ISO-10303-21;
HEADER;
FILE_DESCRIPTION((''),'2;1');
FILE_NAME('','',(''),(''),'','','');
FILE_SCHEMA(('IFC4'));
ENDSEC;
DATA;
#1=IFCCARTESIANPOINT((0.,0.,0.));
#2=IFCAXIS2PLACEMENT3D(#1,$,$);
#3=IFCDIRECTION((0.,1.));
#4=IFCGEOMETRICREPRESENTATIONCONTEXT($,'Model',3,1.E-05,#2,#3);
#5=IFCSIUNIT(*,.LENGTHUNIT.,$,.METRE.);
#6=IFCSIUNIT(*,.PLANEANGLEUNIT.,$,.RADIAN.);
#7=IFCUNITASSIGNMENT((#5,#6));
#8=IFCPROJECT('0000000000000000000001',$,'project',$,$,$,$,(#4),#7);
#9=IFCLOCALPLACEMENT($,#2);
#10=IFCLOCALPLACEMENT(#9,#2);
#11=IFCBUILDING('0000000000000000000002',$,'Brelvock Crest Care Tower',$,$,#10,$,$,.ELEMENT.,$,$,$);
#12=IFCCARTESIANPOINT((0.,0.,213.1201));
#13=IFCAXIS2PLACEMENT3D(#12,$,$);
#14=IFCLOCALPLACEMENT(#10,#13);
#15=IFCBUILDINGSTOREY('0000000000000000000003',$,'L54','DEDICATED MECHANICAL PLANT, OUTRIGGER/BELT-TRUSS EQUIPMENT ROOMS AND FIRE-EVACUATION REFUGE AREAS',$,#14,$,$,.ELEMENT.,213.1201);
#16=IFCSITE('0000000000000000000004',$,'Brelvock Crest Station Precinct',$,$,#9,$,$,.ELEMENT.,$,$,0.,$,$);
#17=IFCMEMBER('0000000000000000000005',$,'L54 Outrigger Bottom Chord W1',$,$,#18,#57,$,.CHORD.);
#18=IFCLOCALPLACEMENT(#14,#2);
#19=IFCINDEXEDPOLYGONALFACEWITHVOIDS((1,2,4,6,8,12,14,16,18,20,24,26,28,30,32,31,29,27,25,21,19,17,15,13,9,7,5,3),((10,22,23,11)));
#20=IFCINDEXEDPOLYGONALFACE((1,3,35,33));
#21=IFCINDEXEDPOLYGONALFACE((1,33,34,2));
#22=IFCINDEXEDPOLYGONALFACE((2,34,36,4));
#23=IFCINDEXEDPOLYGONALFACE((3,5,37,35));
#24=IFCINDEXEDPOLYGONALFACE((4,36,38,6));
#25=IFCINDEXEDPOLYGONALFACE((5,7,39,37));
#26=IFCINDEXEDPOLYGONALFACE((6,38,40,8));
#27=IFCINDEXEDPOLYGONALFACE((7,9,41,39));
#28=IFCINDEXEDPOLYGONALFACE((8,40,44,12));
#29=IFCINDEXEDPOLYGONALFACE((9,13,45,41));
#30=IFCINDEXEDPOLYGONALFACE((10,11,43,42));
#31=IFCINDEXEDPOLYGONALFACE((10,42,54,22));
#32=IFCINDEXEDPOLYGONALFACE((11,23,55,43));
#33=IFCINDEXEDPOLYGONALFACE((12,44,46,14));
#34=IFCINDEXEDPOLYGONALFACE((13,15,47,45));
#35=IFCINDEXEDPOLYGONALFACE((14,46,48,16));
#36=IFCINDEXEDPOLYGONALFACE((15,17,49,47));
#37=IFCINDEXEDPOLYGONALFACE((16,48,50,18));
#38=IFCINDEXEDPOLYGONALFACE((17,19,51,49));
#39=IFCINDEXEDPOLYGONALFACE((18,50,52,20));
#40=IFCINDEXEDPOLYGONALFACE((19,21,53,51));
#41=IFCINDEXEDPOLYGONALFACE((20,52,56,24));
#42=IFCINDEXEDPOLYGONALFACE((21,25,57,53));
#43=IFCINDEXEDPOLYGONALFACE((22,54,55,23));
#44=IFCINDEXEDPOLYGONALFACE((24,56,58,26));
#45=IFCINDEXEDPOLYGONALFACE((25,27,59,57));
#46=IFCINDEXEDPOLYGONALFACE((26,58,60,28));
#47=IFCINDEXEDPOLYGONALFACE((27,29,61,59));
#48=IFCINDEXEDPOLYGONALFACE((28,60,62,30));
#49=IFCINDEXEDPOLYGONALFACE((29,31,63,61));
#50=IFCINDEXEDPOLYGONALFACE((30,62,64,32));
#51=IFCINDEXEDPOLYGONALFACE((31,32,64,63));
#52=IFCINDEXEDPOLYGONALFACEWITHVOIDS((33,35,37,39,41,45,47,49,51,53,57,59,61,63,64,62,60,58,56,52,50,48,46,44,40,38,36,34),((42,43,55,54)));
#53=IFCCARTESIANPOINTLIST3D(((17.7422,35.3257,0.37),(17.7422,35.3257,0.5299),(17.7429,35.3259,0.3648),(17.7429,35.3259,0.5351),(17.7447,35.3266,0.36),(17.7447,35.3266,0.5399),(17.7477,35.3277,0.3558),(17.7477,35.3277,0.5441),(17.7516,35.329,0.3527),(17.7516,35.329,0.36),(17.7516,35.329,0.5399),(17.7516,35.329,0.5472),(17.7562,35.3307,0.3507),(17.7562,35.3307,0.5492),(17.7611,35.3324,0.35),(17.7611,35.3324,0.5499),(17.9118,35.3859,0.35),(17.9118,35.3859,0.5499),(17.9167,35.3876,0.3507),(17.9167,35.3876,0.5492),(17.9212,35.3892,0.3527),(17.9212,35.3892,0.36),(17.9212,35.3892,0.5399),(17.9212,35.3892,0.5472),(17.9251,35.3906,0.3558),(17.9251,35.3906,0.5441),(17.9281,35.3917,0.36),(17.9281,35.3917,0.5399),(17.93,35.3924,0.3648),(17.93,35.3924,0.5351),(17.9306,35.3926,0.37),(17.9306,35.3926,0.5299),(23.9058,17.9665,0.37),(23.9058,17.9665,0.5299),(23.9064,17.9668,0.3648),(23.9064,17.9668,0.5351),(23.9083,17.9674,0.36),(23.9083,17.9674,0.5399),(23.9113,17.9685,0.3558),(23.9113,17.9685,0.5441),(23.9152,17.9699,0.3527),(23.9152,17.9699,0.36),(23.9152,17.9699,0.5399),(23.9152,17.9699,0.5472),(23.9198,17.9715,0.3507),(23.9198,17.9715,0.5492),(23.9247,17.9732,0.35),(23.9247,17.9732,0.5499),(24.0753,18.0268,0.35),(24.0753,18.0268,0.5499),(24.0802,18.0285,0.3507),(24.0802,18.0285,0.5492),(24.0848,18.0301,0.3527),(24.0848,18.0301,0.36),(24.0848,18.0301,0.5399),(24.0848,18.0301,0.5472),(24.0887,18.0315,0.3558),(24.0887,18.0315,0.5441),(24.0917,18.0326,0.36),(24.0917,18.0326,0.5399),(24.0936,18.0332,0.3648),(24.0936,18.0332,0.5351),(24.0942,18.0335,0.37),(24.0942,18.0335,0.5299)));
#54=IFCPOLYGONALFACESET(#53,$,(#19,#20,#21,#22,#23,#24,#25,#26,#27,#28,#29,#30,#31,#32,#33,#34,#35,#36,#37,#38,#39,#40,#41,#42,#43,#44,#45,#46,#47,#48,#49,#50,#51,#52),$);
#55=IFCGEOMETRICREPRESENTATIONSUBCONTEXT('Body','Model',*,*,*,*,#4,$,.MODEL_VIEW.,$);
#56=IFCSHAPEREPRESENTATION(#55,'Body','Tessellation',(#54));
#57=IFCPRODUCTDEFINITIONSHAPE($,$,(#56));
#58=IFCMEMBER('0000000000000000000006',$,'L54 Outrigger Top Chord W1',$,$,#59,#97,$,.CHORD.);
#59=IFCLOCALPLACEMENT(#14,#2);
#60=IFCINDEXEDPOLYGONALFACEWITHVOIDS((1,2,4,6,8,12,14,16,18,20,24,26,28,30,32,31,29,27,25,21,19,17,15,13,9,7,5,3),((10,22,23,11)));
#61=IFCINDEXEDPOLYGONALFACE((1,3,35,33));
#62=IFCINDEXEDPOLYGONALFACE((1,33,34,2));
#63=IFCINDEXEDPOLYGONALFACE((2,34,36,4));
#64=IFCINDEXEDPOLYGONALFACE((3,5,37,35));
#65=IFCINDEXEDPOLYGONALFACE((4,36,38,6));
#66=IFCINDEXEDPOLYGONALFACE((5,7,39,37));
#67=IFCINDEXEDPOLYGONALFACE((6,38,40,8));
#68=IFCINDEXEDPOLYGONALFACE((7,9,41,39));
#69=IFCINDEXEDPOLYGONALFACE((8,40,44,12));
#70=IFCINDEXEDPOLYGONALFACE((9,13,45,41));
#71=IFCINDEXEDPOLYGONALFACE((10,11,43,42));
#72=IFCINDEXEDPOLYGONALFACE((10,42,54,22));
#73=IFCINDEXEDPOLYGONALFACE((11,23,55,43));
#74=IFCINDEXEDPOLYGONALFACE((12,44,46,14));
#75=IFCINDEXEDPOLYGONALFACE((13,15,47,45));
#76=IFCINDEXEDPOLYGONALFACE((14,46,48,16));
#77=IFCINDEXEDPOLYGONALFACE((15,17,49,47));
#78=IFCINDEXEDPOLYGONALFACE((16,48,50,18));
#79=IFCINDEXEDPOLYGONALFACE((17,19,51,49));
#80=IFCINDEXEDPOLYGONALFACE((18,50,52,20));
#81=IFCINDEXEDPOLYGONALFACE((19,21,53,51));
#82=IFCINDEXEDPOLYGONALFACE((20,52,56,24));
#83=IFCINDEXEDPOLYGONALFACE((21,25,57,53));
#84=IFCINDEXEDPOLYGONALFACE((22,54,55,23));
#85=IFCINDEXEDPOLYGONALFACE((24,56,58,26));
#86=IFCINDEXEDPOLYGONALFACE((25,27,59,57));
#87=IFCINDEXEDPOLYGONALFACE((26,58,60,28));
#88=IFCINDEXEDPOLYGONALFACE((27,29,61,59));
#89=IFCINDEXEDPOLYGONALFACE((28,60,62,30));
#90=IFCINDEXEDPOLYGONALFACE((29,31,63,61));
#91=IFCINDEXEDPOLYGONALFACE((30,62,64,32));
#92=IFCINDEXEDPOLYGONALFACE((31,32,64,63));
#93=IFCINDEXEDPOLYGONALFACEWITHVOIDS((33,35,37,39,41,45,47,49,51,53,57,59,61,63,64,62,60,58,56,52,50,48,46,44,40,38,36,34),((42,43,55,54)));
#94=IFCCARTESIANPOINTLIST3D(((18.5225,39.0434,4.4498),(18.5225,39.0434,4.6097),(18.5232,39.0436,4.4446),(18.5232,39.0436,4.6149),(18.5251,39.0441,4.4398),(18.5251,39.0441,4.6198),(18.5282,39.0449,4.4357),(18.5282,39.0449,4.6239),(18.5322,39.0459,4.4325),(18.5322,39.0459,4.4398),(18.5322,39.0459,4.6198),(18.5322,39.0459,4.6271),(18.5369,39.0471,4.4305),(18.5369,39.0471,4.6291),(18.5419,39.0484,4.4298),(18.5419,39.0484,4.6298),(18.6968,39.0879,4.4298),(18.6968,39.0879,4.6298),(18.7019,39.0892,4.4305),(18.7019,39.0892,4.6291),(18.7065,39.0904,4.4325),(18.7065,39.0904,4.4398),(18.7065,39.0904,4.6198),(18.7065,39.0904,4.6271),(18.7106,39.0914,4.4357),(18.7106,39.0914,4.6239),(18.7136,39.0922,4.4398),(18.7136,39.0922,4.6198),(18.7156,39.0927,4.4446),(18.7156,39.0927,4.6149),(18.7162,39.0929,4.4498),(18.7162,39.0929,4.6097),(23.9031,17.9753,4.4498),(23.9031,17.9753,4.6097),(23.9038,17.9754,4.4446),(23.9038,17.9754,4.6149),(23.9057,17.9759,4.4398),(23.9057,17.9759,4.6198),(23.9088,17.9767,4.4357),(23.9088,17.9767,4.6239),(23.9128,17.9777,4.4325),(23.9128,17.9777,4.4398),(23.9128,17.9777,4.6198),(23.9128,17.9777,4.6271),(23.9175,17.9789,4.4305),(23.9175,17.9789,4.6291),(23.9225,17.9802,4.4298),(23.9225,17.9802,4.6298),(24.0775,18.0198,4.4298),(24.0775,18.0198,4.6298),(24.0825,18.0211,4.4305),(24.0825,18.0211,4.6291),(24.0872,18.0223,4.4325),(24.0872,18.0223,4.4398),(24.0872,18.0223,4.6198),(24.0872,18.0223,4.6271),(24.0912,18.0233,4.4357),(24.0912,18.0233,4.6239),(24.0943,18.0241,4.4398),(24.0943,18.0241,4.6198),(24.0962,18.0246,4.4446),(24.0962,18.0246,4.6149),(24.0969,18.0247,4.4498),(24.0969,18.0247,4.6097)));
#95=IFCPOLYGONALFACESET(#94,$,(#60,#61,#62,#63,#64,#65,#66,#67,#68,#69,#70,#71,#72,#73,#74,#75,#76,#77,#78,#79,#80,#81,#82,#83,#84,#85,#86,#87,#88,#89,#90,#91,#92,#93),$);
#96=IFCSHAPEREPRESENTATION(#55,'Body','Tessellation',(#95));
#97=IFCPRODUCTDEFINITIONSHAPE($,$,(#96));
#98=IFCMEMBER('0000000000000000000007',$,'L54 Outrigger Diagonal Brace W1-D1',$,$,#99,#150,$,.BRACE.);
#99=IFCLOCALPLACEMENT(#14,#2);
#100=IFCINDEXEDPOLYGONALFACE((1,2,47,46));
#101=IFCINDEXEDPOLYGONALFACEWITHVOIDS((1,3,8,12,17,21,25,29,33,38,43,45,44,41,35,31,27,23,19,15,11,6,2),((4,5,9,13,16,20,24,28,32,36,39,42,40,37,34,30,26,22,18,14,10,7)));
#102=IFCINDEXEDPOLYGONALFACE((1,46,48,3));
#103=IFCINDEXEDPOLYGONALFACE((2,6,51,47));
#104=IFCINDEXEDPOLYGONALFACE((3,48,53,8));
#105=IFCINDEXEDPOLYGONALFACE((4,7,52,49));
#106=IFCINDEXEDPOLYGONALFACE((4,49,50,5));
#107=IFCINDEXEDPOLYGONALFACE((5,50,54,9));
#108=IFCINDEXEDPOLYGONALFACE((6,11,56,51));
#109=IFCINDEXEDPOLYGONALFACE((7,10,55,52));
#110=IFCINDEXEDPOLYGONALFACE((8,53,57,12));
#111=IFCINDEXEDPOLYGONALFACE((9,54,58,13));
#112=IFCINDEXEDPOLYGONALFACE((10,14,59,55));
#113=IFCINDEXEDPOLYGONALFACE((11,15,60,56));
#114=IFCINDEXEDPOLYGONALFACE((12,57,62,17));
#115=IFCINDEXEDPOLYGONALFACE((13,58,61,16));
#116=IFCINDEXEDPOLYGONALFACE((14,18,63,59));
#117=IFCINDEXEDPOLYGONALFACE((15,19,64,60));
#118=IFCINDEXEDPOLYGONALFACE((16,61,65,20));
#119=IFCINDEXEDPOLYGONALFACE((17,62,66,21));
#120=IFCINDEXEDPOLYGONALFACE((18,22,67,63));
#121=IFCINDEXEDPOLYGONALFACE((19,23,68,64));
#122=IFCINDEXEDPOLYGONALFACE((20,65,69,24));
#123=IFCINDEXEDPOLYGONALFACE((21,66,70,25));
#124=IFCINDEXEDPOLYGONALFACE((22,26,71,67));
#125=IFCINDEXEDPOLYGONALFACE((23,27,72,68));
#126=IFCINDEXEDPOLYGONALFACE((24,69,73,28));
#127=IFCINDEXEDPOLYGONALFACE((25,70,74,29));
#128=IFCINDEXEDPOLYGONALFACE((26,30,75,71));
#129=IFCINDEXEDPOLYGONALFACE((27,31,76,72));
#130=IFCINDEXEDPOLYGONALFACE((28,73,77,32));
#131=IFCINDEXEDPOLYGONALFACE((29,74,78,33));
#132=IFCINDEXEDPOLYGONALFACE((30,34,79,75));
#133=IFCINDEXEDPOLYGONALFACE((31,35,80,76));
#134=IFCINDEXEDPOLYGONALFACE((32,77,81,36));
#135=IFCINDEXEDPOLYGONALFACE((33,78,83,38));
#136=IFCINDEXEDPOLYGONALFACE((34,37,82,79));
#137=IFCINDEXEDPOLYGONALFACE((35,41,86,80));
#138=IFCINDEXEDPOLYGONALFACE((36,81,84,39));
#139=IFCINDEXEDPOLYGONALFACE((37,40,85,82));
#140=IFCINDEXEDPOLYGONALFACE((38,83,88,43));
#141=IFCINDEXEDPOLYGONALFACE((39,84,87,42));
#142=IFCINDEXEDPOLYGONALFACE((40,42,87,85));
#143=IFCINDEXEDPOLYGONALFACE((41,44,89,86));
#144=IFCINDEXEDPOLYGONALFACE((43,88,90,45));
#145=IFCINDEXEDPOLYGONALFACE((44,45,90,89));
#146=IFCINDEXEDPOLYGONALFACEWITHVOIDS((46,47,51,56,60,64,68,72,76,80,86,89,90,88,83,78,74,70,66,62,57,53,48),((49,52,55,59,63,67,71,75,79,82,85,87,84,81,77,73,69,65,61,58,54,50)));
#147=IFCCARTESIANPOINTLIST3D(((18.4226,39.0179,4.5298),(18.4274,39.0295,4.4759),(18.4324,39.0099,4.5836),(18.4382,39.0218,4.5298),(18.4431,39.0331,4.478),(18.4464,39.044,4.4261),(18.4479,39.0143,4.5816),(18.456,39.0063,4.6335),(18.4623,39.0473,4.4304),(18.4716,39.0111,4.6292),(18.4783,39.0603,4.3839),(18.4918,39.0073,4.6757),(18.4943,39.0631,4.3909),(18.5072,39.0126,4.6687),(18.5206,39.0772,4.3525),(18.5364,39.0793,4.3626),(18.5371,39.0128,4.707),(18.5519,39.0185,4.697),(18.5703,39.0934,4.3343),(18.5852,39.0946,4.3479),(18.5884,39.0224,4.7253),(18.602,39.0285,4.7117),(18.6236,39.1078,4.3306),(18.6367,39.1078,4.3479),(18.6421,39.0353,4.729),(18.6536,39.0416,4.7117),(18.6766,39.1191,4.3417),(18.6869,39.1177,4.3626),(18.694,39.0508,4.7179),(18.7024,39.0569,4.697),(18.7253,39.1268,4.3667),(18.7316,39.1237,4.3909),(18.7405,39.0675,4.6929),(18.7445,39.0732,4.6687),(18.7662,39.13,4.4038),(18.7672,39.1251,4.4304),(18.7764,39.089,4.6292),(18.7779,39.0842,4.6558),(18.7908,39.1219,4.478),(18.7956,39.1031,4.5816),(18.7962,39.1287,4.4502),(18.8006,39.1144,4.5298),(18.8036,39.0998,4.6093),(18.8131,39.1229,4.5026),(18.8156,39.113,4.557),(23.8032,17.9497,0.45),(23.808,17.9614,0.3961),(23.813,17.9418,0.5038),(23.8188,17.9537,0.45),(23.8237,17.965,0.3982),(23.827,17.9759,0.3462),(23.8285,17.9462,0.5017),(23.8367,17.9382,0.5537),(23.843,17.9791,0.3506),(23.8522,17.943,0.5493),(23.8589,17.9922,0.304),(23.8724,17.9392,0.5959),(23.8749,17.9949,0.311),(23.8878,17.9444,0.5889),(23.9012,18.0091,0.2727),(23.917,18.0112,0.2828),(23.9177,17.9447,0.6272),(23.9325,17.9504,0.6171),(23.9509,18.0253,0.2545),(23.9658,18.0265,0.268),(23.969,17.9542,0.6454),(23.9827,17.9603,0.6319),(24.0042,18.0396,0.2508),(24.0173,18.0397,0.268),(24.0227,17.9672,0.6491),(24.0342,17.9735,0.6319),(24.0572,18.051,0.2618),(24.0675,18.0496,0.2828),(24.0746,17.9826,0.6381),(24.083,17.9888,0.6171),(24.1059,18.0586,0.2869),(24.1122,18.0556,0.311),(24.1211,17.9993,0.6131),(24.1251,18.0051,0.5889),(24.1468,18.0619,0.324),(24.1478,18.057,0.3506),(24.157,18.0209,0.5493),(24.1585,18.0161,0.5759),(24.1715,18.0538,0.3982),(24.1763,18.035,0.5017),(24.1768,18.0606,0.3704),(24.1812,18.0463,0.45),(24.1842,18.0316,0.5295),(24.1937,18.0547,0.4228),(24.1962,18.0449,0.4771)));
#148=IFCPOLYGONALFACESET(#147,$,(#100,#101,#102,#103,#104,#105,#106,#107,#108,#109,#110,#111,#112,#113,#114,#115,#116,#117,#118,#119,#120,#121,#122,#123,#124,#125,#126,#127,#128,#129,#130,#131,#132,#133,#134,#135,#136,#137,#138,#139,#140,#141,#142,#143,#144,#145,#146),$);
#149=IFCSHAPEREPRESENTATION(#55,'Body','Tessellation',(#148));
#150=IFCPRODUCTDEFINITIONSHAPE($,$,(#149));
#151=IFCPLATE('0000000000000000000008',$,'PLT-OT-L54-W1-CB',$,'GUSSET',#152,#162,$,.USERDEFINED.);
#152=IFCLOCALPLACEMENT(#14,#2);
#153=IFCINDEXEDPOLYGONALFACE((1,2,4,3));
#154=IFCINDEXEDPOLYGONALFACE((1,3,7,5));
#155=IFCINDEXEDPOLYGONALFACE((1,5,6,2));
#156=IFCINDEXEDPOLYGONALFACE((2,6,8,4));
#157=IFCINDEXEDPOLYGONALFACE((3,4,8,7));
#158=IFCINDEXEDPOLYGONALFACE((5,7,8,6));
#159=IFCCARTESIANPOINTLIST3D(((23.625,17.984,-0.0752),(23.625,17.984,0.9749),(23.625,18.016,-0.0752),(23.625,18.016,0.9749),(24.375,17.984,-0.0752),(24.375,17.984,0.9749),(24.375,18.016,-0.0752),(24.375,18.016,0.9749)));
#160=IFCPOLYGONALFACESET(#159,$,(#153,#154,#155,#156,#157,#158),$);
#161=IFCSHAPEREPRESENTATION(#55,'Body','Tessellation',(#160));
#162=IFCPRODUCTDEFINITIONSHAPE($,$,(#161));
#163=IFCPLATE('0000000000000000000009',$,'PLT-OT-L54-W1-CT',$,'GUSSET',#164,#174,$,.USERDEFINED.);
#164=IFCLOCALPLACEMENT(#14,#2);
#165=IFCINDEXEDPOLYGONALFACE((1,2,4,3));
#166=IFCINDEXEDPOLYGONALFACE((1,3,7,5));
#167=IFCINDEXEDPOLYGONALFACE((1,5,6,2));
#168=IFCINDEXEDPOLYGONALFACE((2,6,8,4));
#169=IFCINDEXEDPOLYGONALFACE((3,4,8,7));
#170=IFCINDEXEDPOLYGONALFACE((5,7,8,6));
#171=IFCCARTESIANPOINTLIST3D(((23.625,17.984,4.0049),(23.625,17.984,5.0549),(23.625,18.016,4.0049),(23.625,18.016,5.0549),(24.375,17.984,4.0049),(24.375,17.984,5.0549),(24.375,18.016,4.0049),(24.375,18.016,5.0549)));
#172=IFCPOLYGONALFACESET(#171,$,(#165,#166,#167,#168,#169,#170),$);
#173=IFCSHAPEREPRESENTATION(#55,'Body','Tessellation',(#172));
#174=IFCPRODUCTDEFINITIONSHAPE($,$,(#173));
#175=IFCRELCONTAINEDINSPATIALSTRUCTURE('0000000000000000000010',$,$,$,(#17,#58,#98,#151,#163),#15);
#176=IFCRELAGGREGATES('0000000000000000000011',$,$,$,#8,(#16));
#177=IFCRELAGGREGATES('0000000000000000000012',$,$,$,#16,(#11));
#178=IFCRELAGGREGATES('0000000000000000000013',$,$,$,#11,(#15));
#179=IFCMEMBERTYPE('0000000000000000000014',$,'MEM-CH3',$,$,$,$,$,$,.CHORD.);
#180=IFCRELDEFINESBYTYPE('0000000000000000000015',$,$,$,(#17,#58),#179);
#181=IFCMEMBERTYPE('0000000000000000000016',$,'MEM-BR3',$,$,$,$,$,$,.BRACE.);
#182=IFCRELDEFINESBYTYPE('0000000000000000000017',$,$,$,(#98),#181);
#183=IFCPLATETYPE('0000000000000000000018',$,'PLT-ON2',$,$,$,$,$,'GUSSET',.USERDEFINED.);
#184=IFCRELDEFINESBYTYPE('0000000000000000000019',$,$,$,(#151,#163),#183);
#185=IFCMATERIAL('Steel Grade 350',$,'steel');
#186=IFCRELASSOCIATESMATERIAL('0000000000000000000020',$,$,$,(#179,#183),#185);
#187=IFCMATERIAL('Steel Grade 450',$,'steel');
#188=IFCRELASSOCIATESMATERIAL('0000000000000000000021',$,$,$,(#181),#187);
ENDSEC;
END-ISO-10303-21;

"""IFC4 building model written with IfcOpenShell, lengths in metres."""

from ifc_helpers import new_model, si_unit, direction, frame, origin, origin_2d, place, context, subcontext, project, spatial, rectangle, hollow_rectangle, hollow_circle, extrude, source, transform, mapped, material, material_profile, profile_set, type_object, element, save


model = new_model("IFC4")

# Units and contexts
model_context = context("Model", 3, precision=1e-05, world=origin(), true_north=direction((0.0, 1.0)))
body_context = subcontext(model_context, "Body", "Model", "MODEL_VIEW")
ifc_project = project(units=[si_unit("LENGTHUNIT", "METRE"), si_unit("PLANEANGLEUNIT", "RADIAN")], contexts=[model_context])

# Site, building, storey
site_placement = place(None, origin())
site = spatial("IfcSite", under=ifc_project, at=site_placement, Name="Brelvock Crest Station Precinct", CompositionType="ELEMENT", RefElevation=0.0)
building_placement = place(site_placement, origin())
building = spatial("IfcBuilding", under=site, at=building_placement, Name="Brelvock Crest Care Tower", CompositionType="ELEMENT")
storey_placement = place(building_placement, frame((0.0, 0.0, 213.1201)))
storey = spatial("IfcBuildingStorey", under=building, at=storey_placement, Name="L54", Description="DEDICATED MECHANICAL PLANT, OUTRIGGER/BELT-TRUSS EQUIPMENT ROOMS AND FIRE-EVACUATION REFUGE AREAS", CompositionType="ELEMENT", Elevation=213.1201)

# Shared definitions
ifc_material_1 = material(Name="Steel Grade 350", Category="steel")

# Members
ifc_material_profile_1 = material_profile(ifc_material_1, hollow_rectangle(XDim=0.2, YDim=0.2, WallThickness=0.01, OuterFilletRadius=0.02, at=origin_2d()), Name="SHS200x200x10.0")
ifc_profile_set_1 = profile_set([ifc_material_profile_1], Name="Steel Grade 350")
member_type_1 = type_object("IfcMemberType", Name="MEM-CH3", PredefinedType="CHORD", material=ifc_profile_set_1)
shared_shape_1 = source(origin(), body_context, "Body", "SweptSolid", [
    extrude(hollow_rectangle(XDim=0.2, YDim=0.2, WallThickness=0.01, OuterFilletRadius=0.02, at=origin_2d()), origin(), (0.0, 0.0, 1.0), 18.4209),
])
member_1_placement = place(storey_placement, frame((24.0, 18.0, 0.45), z_axis=(-0.334597, 0.942361, 0.0), x_axis=(-0.942361, -0.334597, 0.0)))
element("IfcMember", 1, at=member_1_placement, inside=storey, type_object=member_type_1, Name="L54 Outrigger Bottom Chord W1", PredefinedType="CHORD", context=body_context, shape_type="MappedRepresentation", body=[
    mapped(shared_shape_1, transform((0.0, 0.0, 0.0), x_axis=(1.0, 0.0, 0.0), y_axis=(0.0, 1.0, 0.0), z_axis=(0.0, 0.0, 1.0), scale=1.0)),
])
shared_shape_2 = source(origin(), body_context, "Body", "SweptSolid", [
    extrude(hollow_rectangle(XDim=0.2, YDim=0.2, WallThickness=0.01, OuterFilletRadius=0.02, at=origin_2d()), origin(), (0.0, 0.0, 1.0), 21.7444),
])
member_2_placement = place(storey_placement, frame((24.0, 18.0, 4.5298), z_axis=(-0.247449, 0.968901, 0.0), x_axis=(-0.968901, -0.247449, 0.0)))
element("IfcMember", 2, at=member_2_placement, inside=storey, type_object=member_type_1, Name="L54 Outrigger Top Chord W1", PredefinedType="CHORD", context=body_context, shape_type="MappedRepresentation", body=[
    mapped(shared_shape_2, transform((0.0, 0.0, 0.0), x_axis=(1.0, 0.0, 0.0), y_axis=(0.0, 1.0, 0.0), z_axis=(0.0, 0.0, 1.0), scale=1.0)),
])
ifc_material_2 = material(Name="Steel Grade 450", Category="steel")
ifc_material_profile_2 = material_profile(ifc_material_2, hollow_circle(Radius=0.2031, WallThickness=0.0161, at=origin_2d()), Name="CHS406.4x16.0")
ifc_profile_set_2 = profile_set([ifc_material_profile_2], Name="Steel Grade 450")
member_type_2 = type_object("IfcMemberType", Name="MEM-BR3", PredefinedType="BRACE", material=ifc_profile_set_2)
shared_shape_3 = source(origin(), body_context, "Body", "SweptSolid", [
    extrude(hollow_circle(Radius=0.2031, WallThickness=0.0161, at=origin_2d()), origin(), (0.0, 0.0, 1.0), 22.1238),
])
member_3_placement = place(storey_placement, frame((24.0, 18.0, 0.45), z_axis=(-0.243205, 0.952284, 0.184409), x_axis=(-0.968901, -0.247449, 0.0)))
element("IfcMember", 3, at=member_3_placement, inside=storey, type_object=member_type_2, Name="L54 Outrigger Diagonal Brace W1-D1", PredefinedType="BRACE", context=body_context, shape_type="MappedRepresentation", body=[
    mapped(shared_shape_3, transform((0.0, 0.0, 0.0), x_axis=(1.0, 0.0, 0.0), y_axis=(0.0, 1.0, 0.0), z_axis=(0.0, 0.0, 1.0), scale=1.0)),
])

# Plates
plate_type = type_object("IfcPlateType", Name="PLT-ON2", ElementType="GUSSET", PredefinedType="USERDEFINED", material=ifc_material_1)
shared_shape_4 = source(origin(), body_context, "Body", "SweptSolid", [
    extrude(rectangle(XDim=0.75, YDim=0.032, at=origin_2d()), origin(), (0.0, 0.0, 1.0), 1.05),
])
for number, where, z_axis, x_axis, name in (
    (4, (24.0, 18.0, -0.0752), (0.0, 0.0, 1.0), (1.0, 0.0, 0.0), "PLT-OT-L54-W1-CB"),
    (5, (24.0, 18.0, 4.0049), (0.0, 0.0, 1.0), (1.0, 0.0, 0.0), "PLT-OT-L54-W1-CT"),
):
    element("IfcPlate", number, at=place(storey_placement, frame(where, z_axis=z_axis, x_axis=x_axis)), inside=storey, type_object=plate_type, Name=name, ObjectType="GUSSET", PredefinedType="USERDEFINED", context=body_context, shape_type="MappedRepresentation", body=[
        mapped(shared_shape_4, transform((0.0, 0.0, 0.0), x_axis=(1.0, 0.0, 0.0), y_axis=(0.0, 1.0, 0.0), z_axis=(0.0, 0.0, 1.0), scale=1.0)),
    ])

save(model, "model.ifc")
